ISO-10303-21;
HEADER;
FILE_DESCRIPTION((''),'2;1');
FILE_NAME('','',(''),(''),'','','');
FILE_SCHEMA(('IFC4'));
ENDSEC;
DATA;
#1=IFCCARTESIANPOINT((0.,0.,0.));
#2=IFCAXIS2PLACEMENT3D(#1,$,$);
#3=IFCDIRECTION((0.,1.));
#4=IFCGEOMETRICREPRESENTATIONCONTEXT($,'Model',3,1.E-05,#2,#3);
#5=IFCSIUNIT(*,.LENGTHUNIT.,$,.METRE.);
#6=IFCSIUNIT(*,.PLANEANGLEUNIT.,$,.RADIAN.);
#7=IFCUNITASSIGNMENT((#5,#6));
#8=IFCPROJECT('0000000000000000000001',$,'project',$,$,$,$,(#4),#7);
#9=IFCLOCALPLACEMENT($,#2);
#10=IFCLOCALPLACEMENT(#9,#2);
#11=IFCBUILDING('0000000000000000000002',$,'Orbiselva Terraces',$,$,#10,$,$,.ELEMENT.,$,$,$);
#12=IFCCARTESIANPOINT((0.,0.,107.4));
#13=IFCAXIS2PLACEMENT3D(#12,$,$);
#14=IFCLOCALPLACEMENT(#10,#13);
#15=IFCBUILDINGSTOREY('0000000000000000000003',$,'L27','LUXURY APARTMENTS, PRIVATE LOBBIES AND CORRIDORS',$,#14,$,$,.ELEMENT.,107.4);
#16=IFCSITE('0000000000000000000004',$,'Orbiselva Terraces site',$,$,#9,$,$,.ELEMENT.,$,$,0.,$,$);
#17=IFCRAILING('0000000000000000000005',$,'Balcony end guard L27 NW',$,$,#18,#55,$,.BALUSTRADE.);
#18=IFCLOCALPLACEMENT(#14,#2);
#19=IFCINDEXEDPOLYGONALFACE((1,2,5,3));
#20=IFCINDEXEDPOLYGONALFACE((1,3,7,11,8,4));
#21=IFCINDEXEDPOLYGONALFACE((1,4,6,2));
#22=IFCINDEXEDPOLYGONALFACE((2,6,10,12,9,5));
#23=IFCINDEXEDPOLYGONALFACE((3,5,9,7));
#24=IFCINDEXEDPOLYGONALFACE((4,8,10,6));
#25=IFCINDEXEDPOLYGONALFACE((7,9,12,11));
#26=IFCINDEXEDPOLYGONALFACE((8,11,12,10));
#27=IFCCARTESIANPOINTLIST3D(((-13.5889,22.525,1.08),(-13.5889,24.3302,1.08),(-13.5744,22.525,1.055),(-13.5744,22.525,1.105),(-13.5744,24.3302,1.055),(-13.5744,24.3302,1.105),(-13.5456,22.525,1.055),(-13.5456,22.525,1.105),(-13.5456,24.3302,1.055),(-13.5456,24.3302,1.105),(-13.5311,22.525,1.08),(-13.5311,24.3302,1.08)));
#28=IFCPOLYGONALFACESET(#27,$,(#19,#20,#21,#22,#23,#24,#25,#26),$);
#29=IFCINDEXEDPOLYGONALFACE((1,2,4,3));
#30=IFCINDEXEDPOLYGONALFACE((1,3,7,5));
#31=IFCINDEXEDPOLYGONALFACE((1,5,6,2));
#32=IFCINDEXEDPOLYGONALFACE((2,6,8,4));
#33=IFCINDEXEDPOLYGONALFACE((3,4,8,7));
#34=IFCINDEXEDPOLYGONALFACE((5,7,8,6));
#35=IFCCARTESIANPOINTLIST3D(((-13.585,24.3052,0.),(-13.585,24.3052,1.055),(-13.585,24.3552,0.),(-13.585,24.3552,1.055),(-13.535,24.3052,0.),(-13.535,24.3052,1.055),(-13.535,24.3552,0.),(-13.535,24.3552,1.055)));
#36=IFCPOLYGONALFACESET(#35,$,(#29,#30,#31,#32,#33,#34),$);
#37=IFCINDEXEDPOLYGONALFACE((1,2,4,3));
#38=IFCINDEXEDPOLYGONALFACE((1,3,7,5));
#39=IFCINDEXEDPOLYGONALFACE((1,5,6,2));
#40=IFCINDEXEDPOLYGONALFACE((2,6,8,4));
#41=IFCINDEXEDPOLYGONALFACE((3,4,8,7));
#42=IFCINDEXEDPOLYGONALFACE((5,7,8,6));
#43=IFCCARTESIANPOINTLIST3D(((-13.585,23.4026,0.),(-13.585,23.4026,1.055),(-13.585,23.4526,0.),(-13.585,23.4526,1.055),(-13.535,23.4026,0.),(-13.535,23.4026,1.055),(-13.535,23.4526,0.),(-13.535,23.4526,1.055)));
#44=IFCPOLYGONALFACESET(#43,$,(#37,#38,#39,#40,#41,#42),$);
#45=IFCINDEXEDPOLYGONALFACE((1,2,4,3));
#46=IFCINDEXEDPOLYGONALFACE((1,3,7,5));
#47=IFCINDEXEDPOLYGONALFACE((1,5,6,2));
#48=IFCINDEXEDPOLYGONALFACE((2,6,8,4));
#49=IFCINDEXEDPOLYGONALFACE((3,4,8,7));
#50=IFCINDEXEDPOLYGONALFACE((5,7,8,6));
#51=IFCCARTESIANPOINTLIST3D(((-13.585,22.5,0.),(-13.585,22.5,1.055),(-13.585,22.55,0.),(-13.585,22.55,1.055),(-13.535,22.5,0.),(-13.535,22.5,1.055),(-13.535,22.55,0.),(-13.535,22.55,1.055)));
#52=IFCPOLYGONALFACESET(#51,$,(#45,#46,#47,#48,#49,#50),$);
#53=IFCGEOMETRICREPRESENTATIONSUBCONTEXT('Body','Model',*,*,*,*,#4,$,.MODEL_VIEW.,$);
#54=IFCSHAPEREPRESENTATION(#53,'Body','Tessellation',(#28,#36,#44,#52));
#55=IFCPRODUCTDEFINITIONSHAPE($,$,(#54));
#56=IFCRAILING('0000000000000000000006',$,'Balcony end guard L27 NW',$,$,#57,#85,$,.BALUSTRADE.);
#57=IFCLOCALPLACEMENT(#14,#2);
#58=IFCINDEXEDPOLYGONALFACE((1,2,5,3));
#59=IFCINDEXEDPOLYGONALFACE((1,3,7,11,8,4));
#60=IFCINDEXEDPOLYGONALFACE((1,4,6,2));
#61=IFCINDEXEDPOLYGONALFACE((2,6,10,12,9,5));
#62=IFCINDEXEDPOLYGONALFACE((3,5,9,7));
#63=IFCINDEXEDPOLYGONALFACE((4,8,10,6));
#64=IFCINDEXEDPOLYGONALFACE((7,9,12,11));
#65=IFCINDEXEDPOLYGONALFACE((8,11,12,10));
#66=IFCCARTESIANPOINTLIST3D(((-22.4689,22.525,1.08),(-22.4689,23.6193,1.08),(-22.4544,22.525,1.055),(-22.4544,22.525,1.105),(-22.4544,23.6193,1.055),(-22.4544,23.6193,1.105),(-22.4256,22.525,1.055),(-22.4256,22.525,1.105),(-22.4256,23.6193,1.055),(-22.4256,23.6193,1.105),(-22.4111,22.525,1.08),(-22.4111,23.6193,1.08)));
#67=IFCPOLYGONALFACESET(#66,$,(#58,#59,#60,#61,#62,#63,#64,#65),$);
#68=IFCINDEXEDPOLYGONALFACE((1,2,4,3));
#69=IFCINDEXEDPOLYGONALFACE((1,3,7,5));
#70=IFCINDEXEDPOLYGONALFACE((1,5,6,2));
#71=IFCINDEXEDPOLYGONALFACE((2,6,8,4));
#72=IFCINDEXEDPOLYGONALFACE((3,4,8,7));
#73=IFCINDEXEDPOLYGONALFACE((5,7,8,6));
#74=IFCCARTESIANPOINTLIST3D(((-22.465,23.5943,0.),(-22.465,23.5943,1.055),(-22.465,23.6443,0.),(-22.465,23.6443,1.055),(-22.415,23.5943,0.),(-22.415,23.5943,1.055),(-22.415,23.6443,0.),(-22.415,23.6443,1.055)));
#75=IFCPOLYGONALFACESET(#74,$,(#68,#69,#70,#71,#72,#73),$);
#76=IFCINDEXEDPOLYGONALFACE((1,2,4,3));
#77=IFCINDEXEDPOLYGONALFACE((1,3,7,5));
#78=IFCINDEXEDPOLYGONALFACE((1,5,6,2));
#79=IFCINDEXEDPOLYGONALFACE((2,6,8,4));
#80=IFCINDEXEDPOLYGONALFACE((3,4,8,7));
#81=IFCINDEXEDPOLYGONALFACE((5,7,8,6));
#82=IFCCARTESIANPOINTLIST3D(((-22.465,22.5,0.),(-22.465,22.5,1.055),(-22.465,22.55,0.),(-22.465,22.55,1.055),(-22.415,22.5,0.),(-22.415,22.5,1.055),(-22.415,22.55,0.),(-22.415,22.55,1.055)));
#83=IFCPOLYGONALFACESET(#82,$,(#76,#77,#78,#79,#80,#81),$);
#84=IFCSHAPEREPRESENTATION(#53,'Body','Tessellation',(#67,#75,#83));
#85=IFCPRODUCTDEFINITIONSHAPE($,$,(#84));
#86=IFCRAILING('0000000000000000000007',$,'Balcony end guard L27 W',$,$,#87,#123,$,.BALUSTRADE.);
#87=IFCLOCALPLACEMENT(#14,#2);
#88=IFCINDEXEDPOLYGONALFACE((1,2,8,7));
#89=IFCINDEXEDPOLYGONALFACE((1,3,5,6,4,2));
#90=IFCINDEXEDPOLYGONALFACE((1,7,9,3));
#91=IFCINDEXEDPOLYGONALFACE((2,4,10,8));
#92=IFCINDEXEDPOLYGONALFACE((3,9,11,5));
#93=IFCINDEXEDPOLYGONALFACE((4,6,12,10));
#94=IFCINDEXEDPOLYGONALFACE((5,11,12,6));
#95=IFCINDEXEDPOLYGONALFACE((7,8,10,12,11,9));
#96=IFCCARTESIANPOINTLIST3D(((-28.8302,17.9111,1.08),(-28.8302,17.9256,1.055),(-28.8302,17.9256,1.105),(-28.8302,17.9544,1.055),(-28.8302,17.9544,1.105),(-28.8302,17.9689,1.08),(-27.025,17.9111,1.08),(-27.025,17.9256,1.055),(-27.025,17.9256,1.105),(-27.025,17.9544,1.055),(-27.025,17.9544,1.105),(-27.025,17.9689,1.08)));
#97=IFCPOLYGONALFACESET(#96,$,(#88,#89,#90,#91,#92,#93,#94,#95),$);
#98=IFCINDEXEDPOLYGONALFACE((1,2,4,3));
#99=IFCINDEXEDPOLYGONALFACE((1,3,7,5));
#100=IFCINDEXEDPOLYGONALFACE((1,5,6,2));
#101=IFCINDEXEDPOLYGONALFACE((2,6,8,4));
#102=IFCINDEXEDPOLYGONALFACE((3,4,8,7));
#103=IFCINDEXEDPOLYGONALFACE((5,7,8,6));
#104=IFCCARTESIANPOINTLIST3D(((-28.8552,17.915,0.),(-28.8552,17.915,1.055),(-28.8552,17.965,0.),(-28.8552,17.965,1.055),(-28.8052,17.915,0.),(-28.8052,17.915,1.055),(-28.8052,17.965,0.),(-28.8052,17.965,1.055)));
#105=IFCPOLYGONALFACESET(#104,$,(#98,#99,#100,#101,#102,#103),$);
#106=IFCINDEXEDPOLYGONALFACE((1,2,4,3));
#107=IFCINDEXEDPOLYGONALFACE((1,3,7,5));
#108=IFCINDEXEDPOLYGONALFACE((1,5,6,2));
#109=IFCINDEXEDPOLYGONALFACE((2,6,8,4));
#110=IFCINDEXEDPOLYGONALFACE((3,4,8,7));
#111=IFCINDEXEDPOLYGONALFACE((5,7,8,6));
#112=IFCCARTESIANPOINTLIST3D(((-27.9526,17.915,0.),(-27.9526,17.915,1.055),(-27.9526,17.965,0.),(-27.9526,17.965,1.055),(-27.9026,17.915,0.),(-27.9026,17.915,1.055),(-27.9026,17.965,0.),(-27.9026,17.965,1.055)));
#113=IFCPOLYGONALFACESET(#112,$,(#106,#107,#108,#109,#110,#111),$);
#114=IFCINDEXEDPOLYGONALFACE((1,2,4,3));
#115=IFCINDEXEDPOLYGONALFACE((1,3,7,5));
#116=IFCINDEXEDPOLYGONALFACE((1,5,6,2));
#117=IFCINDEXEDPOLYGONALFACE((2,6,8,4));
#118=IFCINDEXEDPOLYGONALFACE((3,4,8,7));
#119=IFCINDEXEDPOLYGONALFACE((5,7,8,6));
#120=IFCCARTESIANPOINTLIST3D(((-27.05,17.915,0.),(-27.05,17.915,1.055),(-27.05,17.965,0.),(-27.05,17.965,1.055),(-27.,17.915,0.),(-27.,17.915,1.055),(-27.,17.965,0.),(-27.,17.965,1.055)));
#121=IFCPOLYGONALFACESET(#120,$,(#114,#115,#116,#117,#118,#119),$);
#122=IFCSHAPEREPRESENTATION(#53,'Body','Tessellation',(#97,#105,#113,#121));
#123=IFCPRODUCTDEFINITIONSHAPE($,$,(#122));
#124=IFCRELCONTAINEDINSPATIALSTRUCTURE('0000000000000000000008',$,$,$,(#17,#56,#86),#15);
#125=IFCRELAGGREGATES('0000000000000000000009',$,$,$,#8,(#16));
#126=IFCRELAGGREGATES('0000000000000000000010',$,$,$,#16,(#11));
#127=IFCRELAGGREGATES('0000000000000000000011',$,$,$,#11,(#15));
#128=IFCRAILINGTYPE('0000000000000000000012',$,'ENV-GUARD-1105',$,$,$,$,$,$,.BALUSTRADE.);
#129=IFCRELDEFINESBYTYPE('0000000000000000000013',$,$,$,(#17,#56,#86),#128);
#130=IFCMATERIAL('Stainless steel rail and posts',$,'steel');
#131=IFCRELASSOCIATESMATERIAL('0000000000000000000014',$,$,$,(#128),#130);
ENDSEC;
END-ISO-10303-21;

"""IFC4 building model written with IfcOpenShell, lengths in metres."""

from ifc_helpers import new_model, si_unit, direction, frame, origin, origin_2d, place, context, subcontext, project, spatial, polyline, rectangle, outline, extrude, material, type_object, element, save


model = new_model("IFC4")

# Units and contexts
model_context = context("Model", 3, precision=1e-05, world=origin(), true_north=direction((0.0, 1.0)))
body_context = subcontext(model_context, "Body", "Model", "MODEL_VIEW")
ifc_project = project(units=[si_unit("LENGTHUNIT", "METRE"), si_unit("PLANEANGLEUNIT", "RADIAN")], contexts=[model_context])

# Site, building, storey
site_placement = place(None, origin())
site = spatial("IfcSite", under=ifc_project, at=site_placement, Name="Orbiselva Terraces site", CompositionType="ELEMENT", RefElevation=0.0)
building_placement = place(site_placement, origin())
building = spatial("IfcBuilding", under=site, at=building_placement, Name="Orbiselva Terraces", CompositionType="ELEMENT")
storey_placement = place(building_placement, frame((0.0, 0.0, 107.4)))
storey = spatial("IfcBuildingStorey", under=building, at=storey_placement, Name="L27", Description="LUXURY APARTMENTS, PRIVATE LOBBIES AND CORRIDORS", CompositionType="ELEMENT", Elevation=107.4)

# Railings
ifc_material_1 = material(Name="Stainless steel rail and posts", Category="steel")
railing_type_1 = type_object("IfcRailingType", Name="ENV-GUARD-1105", PredefinedType="BALUSTRADE", material=ifc_material_1)
railing_1_placement = place(storey_placement, frame((-13.56, 24.3302, 0.0)))
element("IfcRailing", 1, at=railing_1_placement, inside=storey, type_object=railing_type_1, Name="Balcony end guard L27 NW", PredefinedType="BALUSTRADE", context=body_context, shape_type="SweptSolid", body=[
    extrude(outline(polyline([(0.0289, 0.0), (0.0144, 0.025), (-0.0144, 0.025), (-0.0289, 0.0), (-0.0144, -0.025), (0.0144, -0.025), (0.0289, 0.0)])), frame((0.0, 0.0, 1.08), z_axis=(0.0, -1.0, 0.0), x_axis=(1.0, 0.0, 0.0)), (0.0, 0.0, 1.0), 1.8052),
    extrude(rectangle(XDim=0.05, YDim=0.05, at=origin_2d()), origin(), (0.0, 0.0, 1.0), 1.055),
    extrude(rectangle(XDim=0.05, YDim=0.05, at=origin_2d()), frame((0.0, -0.9026, 0.0)), (0.0, 0.0, 1.0), 1.055),
    extrude(rectangle(XDim=0.05, YDim=0.05, at=origin_2d()), frame((0.0, -1.8052, 0.0)), (0.0, 0.0, 1.0), 1.055),
])
railing_2_placement = place(storey_placement, frame((-22.44, 23.6193, 0.0)))
element("IfcRailing", 2, at=railing_2_placement, inside=storey, type_object=railing_type_1, Name="Balcony end guard L27 NW", PredefinedType="BALUSTRADE", context=body_context, shape_type="SweptSolid", body=[
    extrude(outline(polyline([(0.0289, 0.0), (0.0144, 0.025), (-0.0144, 0.025), (-0.0289, 0.0), (-0.0144, -0.025), (0.0144, -0.025), (0.0289, 0.0)])), frame((0.0, 0.0, 1.08), z_axis=(0.0, -1.0, 0.0), x_axis=(1.0, 0.0, 0.0)), (0.0, 0.0, 1.0), 1.0943),
    extrude(rectangle(XDim=0.05, YDim=0.05, at=origin_2d()), origin(), (0.0, 0.0, 1.0), 1.055),
    extrude(rectangle(XDim=0.05, YDim=0.05, at=origin_2d()), frame((0.0, -1.0943, 0.0)), (0.0, 0.0, 1.0), 1.055),
])
railing_3_placement = place(storey_placement, frame((-28.8302, 17.94, 0.0)))
element("IfcRailing", 3, at=railing_3_placement, inside=storey, type_object=railing_type_1, Name="Balcony end guard L27 W", PredefinedType="BALUSTRADE", context=body_context, shape_type="SweptSolid", body=[
    extrude(outline(polyline([(0.0289, 0.0), (0.0144, 0.025), (-0.0144, 0.025), (-0.0289, 0.0), (-0.0144, -0.025), (0.0144, -0.025), (0.0289, 0.0)])), frame((0.0, 0.0, 1.08), z_axis=(1.0, 0.0, 0.0), x_axis=(0.0, 1.0, 0.0)), (0.0, 0.0, 1.0), 1.8052),
    extrude(rectangle(XDim=0.05, YDim=0.05, at=origin_2d()), origin(), (0.0, 0.0, 1.0), 1.055),
    extrude(rectangle(XDim=0.05, YDim=0.05, at=origin_2d()), frame((0.9026, 0.0, 0.0)), (0.0, 0.0, 1.0), 1.055),
    extrude(rectangle(XDim=0.05, YDim=0.05, at=origin_2d()), frame((1.8052, 0.0, 0.0)), (0.0, 0.0, 1.0), 1.055),
])

save(model, "model.ifc")
